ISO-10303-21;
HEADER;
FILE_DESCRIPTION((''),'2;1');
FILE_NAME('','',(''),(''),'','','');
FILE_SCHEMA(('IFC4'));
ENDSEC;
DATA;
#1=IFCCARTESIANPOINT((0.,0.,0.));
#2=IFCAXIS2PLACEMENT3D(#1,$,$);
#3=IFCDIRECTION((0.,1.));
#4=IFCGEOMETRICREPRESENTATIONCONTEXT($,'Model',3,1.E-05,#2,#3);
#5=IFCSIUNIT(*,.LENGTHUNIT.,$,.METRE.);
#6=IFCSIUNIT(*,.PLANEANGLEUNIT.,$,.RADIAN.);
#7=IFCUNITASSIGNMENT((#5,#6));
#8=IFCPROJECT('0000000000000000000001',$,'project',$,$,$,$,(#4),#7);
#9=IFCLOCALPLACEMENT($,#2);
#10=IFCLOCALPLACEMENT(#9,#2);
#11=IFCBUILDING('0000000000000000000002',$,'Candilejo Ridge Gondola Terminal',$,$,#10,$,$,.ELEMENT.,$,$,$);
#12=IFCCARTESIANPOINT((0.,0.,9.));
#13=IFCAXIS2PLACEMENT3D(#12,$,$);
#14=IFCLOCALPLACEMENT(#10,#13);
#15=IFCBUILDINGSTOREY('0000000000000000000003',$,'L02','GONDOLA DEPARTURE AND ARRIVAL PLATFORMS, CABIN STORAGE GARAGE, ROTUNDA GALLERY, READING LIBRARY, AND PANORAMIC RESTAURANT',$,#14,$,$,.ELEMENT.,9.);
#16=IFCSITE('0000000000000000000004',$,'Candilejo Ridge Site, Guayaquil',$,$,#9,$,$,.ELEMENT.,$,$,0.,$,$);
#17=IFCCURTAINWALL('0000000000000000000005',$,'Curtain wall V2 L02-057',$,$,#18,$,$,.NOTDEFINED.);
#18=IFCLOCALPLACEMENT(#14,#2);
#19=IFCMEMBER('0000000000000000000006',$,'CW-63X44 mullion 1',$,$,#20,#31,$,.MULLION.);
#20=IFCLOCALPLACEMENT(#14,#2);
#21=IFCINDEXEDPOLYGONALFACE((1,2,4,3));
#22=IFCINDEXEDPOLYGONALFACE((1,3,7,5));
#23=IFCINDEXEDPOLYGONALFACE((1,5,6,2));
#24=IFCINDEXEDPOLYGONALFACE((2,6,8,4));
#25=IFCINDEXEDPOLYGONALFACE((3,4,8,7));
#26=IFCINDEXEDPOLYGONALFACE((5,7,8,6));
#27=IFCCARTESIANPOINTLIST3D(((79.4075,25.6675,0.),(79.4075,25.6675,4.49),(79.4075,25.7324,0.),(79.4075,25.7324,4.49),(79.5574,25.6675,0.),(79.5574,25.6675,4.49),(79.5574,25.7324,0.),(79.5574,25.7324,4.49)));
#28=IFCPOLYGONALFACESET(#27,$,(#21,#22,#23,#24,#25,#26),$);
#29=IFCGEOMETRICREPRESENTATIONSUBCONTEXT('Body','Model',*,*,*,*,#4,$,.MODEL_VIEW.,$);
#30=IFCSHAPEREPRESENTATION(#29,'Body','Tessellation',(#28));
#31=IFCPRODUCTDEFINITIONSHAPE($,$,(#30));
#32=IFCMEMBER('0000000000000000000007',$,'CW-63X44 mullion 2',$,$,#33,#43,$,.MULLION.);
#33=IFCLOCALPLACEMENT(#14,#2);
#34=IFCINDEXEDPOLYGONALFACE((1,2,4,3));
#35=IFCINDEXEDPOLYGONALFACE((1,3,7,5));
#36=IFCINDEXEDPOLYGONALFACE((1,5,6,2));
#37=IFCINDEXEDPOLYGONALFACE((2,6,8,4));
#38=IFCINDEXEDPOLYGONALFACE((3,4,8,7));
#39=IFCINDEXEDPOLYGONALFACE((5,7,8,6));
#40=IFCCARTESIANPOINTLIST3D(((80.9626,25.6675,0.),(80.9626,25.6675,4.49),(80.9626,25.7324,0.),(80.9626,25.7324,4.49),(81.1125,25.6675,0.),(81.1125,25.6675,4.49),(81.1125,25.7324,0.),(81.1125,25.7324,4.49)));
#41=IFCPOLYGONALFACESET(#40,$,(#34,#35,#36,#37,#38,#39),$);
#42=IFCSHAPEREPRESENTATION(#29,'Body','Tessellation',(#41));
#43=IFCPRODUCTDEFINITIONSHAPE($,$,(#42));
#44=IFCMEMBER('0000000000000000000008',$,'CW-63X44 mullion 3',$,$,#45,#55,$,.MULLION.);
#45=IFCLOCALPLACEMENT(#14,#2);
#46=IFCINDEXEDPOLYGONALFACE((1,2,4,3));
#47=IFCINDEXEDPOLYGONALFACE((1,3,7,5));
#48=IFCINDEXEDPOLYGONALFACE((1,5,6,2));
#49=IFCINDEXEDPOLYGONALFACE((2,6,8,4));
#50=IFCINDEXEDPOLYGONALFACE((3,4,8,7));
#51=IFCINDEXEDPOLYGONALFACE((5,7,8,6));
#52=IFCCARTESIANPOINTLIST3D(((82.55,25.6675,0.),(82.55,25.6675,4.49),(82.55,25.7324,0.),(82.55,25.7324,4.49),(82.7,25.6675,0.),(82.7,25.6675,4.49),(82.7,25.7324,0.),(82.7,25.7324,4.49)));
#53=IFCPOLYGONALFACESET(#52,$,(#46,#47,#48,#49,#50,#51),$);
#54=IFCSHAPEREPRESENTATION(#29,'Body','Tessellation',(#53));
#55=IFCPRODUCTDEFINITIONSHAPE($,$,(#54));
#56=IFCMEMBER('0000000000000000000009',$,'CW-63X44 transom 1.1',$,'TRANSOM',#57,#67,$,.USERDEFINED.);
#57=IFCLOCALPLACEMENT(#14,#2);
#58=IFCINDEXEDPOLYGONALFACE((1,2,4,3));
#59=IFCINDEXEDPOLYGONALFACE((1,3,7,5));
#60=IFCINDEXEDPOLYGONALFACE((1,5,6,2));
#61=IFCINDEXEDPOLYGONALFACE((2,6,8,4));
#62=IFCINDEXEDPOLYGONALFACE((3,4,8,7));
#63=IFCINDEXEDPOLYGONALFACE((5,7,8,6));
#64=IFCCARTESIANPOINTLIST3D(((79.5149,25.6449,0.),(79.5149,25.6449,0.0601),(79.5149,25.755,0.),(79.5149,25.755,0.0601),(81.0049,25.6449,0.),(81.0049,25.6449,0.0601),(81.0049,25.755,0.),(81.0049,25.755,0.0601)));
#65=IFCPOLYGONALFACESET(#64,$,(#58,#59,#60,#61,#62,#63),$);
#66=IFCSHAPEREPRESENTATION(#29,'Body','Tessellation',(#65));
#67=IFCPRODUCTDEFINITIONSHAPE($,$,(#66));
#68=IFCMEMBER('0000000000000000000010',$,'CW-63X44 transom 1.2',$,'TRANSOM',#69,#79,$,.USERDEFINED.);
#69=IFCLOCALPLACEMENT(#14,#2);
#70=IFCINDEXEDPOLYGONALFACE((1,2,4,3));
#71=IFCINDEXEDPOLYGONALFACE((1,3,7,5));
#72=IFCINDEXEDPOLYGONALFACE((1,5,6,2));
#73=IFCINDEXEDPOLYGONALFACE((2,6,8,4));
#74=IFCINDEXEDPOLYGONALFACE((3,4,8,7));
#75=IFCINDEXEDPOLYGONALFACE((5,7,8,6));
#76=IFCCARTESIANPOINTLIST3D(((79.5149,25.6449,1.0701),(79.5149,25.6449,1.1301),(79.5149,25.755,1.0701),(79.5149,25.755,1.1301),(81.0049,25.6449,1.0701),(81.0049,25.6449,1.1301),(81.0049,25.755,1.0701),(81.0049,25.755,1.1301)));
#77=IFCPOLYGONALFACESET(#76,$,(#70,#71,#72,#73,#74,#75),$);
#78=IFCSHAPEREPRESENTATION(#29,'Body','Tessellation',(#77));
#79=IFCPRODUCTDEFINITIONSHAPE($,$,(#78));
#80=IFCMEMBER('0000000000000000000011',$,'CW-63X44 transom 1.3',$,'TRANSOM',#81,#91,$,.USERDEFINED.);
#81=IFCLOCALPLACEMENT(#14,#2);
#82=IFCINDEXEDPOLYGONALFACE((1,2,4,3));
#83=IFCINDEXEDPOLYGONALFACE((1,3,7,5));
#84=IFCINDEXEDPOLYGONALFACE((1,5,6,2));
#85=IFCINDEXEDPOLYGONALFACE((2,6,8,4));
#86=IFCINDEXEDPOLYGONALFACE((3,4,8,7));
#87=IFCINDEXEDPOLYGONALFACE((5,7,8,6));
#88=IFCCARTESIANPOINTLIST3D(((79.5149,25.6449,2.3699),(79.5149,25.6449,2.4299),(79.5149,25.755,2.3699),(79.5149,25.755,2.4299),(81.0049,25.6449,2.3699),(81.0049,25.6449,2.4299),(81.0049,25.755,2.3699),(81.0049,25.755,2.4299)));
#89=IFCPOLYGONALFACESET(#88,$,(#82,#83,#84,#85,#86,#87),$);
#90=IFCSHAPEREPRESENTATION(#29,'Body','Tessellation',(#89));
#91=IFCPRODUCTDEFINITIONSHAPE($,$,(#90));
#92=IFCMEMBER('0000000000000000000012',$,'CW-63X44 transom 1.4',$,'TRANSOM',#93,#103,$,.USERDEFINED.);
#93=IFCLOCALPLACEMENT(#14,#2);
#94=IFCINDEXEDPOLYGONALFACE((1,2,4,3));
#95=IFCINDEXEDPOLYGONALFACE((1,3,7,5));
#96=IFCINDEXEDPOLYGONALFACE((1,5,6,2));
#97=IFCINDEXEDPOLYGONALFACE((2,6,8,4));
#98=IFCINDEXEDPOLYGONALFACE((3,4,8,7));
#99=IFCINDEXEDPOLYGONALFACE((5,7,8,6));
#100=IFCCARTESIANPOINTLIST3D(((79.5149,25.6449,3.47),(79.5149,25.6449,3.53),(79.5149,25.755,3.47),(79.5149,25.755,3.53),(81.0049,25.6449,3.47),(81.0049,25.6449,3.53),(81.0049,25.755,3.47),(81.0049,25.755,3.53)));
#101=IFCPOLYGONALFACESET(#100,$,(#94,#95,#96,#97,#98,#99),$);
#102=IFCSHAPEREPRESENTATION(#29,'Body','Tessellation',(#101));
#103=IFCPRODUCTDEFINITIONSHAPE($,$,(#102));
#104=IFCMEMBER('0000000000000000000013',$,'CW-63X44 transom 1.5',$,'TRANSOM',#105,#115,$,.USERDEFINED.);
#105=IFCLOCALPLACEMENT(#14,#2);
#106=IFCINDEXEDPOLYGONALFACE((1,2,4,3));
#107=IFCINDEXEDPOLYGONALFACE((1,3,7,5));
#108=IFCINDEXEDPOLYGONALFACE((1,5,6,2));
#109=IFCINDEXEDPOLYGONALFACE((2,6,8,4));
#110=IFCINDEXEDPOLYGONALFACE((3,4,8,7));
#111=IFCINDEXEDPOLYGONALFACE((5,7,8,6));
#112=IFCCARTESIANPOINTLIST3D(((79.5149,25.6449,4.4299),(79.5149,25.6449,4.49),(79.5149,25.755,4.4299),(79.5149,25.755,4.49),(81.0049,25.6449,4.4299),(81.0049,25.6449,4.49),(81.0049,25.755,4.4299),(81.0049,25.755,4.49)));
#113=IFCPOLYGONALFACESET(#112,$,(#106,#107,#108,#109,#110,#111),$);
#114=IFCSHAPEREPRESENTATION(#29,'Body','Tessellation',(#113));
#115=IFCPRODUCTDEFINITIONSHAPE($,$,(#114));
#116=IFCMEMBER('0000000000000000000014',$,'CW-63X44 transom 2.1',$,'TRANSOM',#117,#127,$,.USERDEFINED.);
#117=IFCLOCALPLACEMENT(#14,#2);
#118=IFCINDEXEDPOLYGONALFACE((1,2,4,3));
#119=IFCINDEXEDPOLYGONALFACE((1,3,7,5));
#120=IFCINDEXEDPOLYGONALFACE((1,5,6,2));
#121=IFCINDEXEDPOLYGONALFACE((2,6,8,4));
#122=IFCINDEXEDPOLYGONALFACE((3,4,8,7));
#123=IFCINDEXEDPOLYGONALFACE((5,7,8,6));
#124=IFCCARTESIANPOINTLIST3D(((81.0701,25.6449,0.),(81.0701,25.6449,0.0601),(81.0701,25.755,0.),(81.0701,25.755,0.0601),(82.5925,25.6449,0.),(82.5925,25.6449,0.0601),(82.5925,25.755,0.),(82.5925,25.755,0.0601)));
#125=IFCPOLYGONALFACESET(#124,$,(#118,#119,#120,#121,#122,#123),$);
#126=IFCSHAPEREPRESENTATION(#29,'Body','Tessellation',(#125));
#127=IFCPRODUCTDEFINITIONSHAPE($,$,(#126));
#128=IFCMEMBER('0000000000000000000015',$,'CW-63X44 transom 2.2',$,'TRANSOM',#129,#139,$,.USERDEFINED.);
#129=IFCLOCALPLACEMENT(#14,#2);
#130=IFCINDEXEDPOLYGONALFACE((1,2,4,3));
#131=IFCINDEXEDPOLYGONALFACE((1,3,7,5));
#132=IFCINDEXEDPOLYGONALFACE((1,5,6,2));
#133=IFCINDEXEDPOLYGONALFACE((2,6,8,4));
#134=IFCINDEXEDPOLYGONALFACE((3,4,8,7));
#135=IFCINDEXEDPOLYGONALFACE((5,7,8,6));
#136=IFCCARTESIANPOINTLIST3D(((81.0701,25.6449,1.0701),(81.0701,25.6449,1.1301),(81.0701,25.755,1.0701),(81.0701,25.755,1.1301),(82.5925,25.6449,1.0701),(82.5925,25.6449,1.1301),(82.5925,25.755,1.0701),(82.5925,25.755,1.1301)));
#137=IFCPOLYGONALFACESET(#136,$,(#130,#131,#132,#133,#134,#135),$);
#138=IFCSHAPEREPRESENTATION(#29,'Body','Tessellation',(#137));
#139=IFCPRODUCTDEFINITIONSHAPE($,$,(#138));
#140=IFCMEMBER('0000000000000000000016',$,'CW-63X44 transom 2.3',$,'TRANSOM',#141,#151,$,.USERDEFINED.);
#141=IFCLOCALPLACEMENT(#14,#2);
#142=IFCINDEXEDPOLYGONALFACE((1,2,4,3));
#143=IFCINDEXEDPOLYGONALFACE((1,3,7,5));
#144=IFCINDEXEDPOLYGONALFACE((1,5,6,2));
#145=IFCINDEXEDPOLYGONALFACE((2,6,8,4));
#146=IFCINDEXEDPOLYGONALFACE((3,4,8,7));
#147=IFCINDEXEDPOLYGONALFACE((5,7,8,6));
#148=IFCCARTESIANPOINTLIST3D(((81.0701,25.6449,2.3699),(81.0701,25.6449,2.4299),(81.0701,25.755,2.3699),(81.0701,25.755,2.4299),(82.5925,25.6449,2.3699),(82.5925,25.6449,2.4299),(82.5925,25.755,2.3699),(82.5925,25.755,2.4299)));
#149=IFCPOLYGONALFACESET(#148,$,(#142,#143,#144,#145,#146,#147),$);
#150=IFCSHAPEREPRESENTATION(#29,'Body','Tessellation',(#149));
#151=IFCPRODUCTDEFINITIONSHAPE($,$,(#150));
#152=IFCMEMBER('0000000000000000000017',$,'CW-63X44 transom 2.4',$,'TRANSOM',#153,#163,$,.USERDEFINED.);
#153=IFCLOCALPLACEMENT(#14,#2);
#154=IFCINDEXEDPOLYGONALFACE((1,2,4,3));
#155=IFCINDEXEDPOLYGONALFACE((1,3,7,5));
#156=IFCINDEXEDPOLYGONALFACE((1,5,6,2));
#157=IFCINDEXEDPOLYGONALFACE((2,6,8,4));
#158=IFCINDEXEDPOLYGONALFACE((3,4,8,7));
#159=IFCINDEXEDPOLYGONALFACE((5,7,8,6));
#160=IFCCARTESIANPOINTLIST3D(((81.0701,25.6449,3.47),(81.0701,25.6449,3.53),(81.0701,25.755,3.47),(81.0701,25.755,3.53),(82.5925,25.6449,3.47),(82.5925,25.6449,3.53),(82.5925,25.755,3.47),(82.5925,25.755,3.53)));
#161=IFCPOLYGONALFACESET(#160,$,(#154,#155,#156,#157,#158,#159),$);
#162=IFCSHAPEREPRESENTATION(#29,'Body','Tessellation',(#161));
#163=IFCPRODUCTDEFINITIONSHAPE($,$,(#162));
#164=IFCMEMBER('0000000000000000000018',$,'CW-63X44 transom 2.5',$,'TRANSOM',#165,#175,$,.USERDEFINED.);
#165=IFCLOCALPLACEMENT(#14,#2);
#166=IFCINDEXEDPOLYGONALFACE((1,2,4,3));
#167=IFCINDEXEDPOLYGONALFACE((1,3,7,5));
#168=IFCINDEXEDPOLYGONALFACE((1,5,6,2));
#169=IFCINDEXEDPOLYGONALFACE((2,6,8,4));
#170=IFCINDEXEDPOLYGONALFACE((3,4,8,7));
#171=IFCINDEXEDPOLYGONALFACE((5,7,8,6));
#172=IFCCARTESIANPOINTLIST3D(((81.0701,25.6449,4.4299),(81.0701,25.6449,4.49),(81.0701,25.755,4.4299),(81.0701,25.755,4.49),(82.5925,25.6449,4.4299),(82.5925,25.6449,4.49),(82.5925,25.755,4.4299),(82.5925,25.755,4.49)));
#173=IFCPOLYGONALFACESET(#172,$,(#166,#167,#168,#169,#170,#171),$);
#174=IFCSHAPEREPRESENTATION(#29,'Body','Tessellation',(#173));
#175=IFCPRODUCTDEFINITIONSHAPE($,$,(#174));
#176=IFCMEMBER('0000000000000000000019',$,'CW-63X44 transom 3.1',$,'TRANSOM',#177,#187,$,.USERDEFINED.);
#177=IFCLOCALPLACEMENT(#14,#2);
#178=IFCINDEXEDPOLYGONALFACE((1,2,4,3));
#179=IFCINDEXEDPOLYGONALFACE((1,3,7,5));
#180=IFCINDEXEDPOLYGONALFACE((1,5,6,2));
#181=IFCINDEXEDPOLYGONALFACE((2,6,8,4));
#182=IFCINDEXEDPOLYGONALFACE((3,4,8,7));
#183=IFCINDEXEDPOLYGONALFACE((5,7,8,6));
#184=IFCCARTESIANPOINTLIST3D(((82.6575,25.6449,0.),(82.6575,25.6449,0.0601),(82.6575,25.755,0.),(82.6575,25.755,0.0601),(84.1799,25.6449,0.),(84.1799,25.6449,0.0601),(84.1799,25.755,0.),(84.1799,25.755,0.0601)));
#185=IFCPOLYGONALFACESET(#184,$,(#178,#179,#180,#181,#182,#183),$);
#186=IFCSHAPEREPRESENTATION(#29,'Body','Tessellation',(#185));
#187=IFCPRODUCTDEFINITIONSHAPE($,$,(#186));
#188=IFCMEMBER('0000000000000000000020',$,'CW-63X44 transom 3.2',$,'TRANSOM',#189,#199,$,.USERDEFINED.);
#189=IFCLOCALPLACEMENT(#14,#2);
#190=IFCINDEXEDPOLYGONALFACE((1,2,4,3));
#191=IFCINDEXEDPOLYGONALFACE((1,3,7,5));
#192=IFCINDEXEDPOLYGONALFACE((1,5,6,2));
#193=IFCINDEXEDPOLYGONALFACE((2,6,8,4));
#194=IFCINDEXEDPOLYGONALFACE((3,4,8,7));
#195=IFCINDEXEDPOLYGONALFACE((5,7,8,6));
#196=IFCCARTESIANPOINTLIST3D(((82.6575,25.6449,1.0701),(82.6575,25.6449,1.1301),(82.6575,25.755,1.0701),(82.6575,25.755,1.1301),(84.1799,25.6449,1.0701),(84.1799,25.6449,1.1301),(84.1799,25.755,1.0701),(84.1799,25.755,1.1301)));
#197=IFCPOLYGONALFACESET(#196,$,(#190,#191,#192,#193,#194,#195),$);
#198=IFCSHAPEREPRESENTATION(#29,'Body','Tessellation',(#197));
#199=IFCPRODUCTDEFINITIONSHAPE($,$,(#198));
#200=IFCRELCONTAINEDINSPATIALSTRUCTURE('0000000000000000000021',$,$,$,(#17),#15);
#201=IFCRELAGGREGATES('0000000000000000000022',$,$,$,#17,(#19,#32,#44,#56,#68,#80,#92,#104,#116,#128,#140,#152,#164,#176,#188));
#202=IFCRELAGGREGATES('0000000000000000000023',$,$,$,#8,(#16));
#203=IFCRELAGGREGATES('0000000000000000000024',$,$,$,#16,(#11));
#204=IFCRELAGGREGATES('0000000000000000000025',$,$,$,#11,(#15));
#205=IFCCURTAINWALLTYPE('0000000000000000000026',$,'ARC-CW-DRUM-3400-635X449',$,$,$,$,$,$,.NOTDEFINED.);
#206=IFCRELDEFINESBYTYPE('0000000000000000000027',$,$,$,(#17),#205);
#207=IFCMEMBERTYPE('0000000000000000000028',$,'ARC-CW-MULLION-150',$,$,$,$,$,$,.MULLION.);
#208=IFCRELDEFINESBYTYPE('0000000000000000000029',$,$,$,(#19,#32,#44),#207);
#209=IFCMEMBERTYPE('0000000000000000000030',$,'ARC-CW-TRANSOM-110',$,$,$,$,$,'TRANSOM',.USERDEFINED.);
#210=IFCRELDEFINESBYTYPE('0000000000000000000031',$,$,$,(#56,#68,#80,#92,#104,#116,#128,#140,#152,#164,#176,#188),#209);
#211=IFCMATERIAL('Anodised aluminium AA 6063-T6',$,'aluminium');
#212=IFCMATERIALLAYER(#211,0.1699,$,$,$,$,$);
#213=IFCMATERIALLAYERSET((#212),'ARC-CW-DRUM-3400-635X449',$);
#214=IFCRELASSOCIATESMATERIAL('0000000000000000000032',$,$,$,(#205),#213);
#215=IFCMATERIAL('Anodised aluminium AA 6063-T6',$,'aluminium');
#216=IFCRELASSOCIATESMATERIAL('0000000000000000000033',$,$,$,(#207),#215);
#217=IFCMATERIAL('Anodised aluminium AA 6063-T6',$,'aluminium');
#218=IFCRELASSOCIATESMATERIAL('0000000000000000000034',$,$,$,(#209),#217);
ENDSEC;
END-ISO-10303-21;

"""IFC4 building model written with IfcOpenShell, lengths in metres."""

from ifc_helpers import new_model, si_unit, direction, frame, origin, origin_2d, place, context, subcontext, project, spatial, rectangle, extrude, material, layer, layer_set, material_profile, profile_set, type_object, element, aggregate, save


model = new_model("IFC4")

# Units and contexts
model_context = context("Model", 3, precision=1e-05, world=origin(), true_north=direction((0.0, 1.0)))
body_context = subcontext(model_context, "Body", "Model", "MODEL_VIEW")
ifc_project = project(units=[si_unit("LENGTHUNIT", "METRE"), si_unit("PLANEANGLEUNIT", "RADIAN")], contexts=[model_context])

# Site, building, storey
site_placement = place(None, origin())
site = spatial("IfcSite", under=ifc_project, at=site_placement, Name="Candilejo Ridge Site, Guayaquil", CompositionType="ELEMENT", RefElevation=0.0)
building_placement = place(site_placement, origin())
building = spatial("IfcBuilding", under=site, at=building_placement, Name="Candilejo Ridge Gondola Terminal", CompositionType="ELEMENT")
storey_placement = place(building_placement, frame((0.0, 0.0, 9.0)))
storey = spatial("IfcBuildingStorey", under=building, at=storey_placement, Name="L02", Description="GONDOLA DEPARTURE AND ARRIVAL PLATFORMS, CABIN STORAGE GARAGE, ROTUNDA GALLERY, READING LIBRARY, AND PANORAMIC RESTAURANT", CompositionType="ELEMENT", Elevation=9.0)

# Curtain wall, members
ifc_material_1 = material(Name="Anodised aluminium AA 6063-T6", Category="aluminium")
ifc_layer_1 = layer(ifc_material_1, 0.1699)
ifc_layer_set_1 = layer_set([ifc_layer_1], Name="ARC-CW-DRUM-3400-635X449")
curtain_wall_type = type_object("IfcCurtainWallType", Name="ARC-CW-DRUM-3400-635X449", PredefinedType="NOTDEFINED", material=ifc_layer_set_1)
curtain_wall_placement = place(storey_placement, origin())
curtain_wall = element("IfcCurtainWall", 1, at=curtain_wall_placement, inside=storey, type_object=curtain_wall_type, Name="Curtain wall V2 L02-057", PredefinedType="NOTDEFINED")
ifc_material_2 = material(Name="Anodised aluminium AA 6063-T6", Category="aluminium")
ifc_material_profile_1 = material_profile(ifc_material_2, rectangle(XDim=0.0649, YDim=0.1499, at=origin_2d()))
ifc_profile_set_1 = profile_set([ifc_material_profile_1], Name="Anodised aluminium AA 6063-T6")
member_type_1 = type_object("IfcMemberType", Name="ARC-CW-MULLION-150", PredefinedType="MULLION", material=ifc_profile_set_1)
member_1_placement = place(storey_placement, frame((79.4824, 25.7, 0.0), z_axis=(0.0, 0.0, 1.0), x_axis=(0.0, 1.0, 0.0)))
member_1 = element("IfcMember", 2, at=member_1_placement, type_object=member_type_1, Name="CW-63X44 mullion 1", PredefinedType="MULLION", context=body_context, shape_type="SweptSolid", body=[
    extrude(rectangle(XDim=0.0649, YDim=0.1499, at=origin_2d()), origin(), (0.0, 0.0, 1.0), 4.49),
])
member_2_placement = place(storey_placement, frame((81.0376, 25.7, 0.0), z_axis=(0.0, 0.0, 1.0), x_axis=(0.0, 1.0, 0.0)))
member_2 = element("IfcMember", 3, at=member_2_placement, type_object=member_type_1, Name="CW-63X44 mullion 2", PredefinedType="MULLION", context=body_context, shape_type="SweptSolid", body=[
    extrude(rectangle(XDim=0.0649, YDim=0.1499, at=origin_2d()), origin(), (0.0, 0.0, 1.0), 4.49),
])
member_3_placement = place(storey_placement, frame((82.625, 25.7, 0.0), z_axis=(0.0, 0.0, 1.0), x_axis=(0.0, 1.0, 0.0)))
member_3 = element("IfcMember", 4, at=member_3_placement, type_object=member_type_1, Name="CW-63X44 mullion 3", PredefinedType="MULLION", context=body_context, shape_type="SweptSolid", body=[
    extrude(rectangle(XDim=0.0649, YDim=0.1499, at=origin_2d()), origin(), (0.0, 0.0, 1.0), 4.49),
])
ifc_material_3 = material(Name="Anodised aluminium AA 6063-T6", Category="aluminium")
ifc_material_profile_2 = material_profile(ifc_material_3, rectangle(XDim=0.1101, YDim=0.0601, at=origin_2d()))
ifc_profile_set_2 = profile_set([ifc_material_profile_2], Name="Anodised aluminium AA 6063-T6")
member_type_2 = type_object("IfcMemberType", Name="ARC-CW-TRANSOM-110", ElementType="TRANSOM", PredefinedType="USERDEFINED", material=ifc_profile_set_2)
member_4_placement = place(storey_placement, frame((79.5149, 25.7, 0.03), z_axis=(1.0, 0.0, 0.0), x_axis=(0.0, 1.0, 0.0)))
member_4 = element("IfcMember", 5, at=member_4_placement, type_object=member_type_2, Name="CW-63X44 transom 1.1", ObjectType="TRANSOM", PredefinedType="USERDEFINED", context=body_context, shape_type="SweptSolid", body=[
    extrude(rectangle(XDim=0.1101, YDim=0.0601, at=origin_2d()), origin(), (0.0, 0.0, 1.0), 1.49),
])
member_5_placement = place(storey_placement, frame((79.5149, 25.7, 1.1001), z_axis=(1.0, 0.0, 0.0), x_axis=(0.0, 1.0, 0.0)))
member_5 = element("IfcMember", 6, at=member_5_placement, type_object=member_type_2, Name="CW-63X44 transom 1.2", ObjectType="TRANSOM", PredefinedType="USERDEFINED", context=body_context, shape_type="SweptSolid", body=[
    extrude(rectangle(XDim=0.1101, YDim=0.0601, at=origin_2d()), origin(), (0.0, 0.0, 1.0), 1.49),
])
member_6_placement = place(storey_placement, frame((79.5149, 25.7, 2.3999), z_axis=(1.0, 0.0, 0.0), x_axis=(0.0, 1.0, 0.0)))
member_6 = element("IfcMember", 7, at=member_6_placement, type_object=member_type_2, Name="CW-63X44 transom 1.3", ObjectType="TRANSOM", PredefinedType="USERDEFINED", context=body_context, shape_type="SweptSolid", body=[
    extrude(rectangle(XDim=0.1101, YDim=0.0601, at=origin_2d()), origin(), (0.0, 0.0, 1.0), 1.49),
])
member_7_placement = place(storey_placement, frame((79.5149, 25.7, 3.5), z_axis=(1.0, 0.0, 0.0), x_axis=(0.0, 1.0, 0.0)))
member_7 = element("IfcMember", 8, at=member_7_placement, type_object=member_type_2, Name="CW-63X44 transom 1.4", ObjectType="TRANSOM", PredefinedType="USERDEFINED", context=body_context, shape_type="SweptSolid", body=[
    extrude(rectangle(XDim=0.1101, YDim=0.0601, at=origin_2d()), origin(), (0.0, 0.0, 1.0), 1.49),
])
member_8_placement = place(storey_placement, frame((79.5149, 25.7, 4.46), z_axis=(1.0, 0.0, 0.0), x_axis=(0.0, 1.0, 0.0)))
member_8 = element("IfcMember", 9, at=member_8_placement, type_object=member_type_2, Name="CW-63X44 transom 1.5", ObjectType="TRANSOM", PredefinedType="USERDEFINED", context=body_context, shape_type="SweptSolid", body=[
    extrude(rectangle(XDim=0.1101, YDim=0.0601, at=origin_2d()), origin(), (0.0, 0.0, 1.0), 1.49),
])
member_9_placement = place(storey_placement, frame((81.0701, 25.7, 0.03), z_axis=(1.0, 0.0, 0.0), x_axis=(0.0, 1.0, 0.0)))
member_9 = element("IfcMember", 10, at=member_9_placement, type_object=member_type_2, Name="CW-63X44 transom 2.1", ObjectType="TRANSOM", PredefinedType="USERDEFINED", context=body_context, shape_type="SweptSolid", body=[
    extrude(rectangle(XDim=0.1101, YDim=0.0601, at=origin_2d()), origin(), (0.0, 0.0, 1.0), 1.5225),
])
member_10_placement = place(storey_placement, frame((81.0701, 25.7, 1.1001), z_axis=(1.0, 0.0, 0.0), x_axis=(0.0, 1.0, 0.0)))
member_10 = element("IfcMember", 11, at=member_10_placement, type_object=member_type_2, Name="CW-63X44 transom 2.2", ObjectType="TRANSOM", PredefinedType="USERDEFINED", context=body_context, shape_type="SweptSolid", body=[
    extrude(rectangle(XDim=0.1101, YDim=0.0601, at=origin_2d()), origin(), (0.0, 0.0, 1.0), 1.5225),
])
member_11_placement = place(storey_placement, frame((81.0701, 25.7, 2.3999), z_axis=(1.0, 0.0, 0.0), x_axis=(0.0, 1.0, 0.0)))
member_11 = element("IfcMember", 12, at=member_11_placement, type_object=member_type_2, Name="CW-63X44 transom 2.3", ObjectType="TRANSOM", PredefinedType="USERDEFINED", context=body_context, shape_type="SweptSolid", body=[
    extrude(rectangle(XDim=0.1101, YDim=0.0601, at=origin_2d()), origin(), (0.0, 0.0, 1.0), 1.5225),
])
member_12_placement = place(storey_placement, frame((81.0701, 25.7, 3.5), z_axis=(1.0, 0.0, 0.0), x_axis=(0.0, 1.0, 0.0)))
member_12 = element("IfcMember", 13, at=member_12_placement, type_object=member_type_2, Name="CW-63X44 transom 2.4", ObjectType="TRANSOM", PredefinedType="USERDEFINED", context=body_context, shape_type="SweptSolid", body=[
    extrude(rectangle(XDim=0.1101, YDim=0.0601, at=origin_2d()), origin(), (0.0, 0.0, 1.0), 1.5225),
])
member_13_placement = place(storey_placement, frame((81.0701, 25.7, 4.46), z_axis=(1.0, 0.0, 0.0), x_axis=(0.0, 1.0, 0.0)))
member_13 = element("IfcMember", 14, at=member_13_placement, type_object=member_type_2, Name="CW-63X44 transom 2.5", ObjectType="TRANSOM", PredefinedType="USERDEFINED", context=body_context, shape_type="SweptSolid", body=[
    extrude(rectangle(XDim=0.1101, YDim=0.0601, at=origin_2d()), origin(), (0.0, 0.0, 1.0), 1.5225),
])
member_14_placement = place(storey_placement, frame((82.6575, 25.7, 0.03), z_axis=(1.0, 0.0, 0.0), x_axis=(0.0, 1.0, 0.0)))
member_14 = element("IfcMember", 15, at=member_14_placement, type_object=member_type_2, Name="CW-63X44 transom 3.1", ObjectType="TRANSOM", PredefinedType="USERDEFINED", context=body_context, shape_type="SweptSolid", body=[
    extrude(rectangle(XDim=0.1101, YDim=0.0601, at=origin_2d()), origin(), (0.0, 0.0, 1.0), 1.5225),
])
member_15_placement = place(storey_placement, frame((82.6575, 25.7, 1.1001), z_axis=(1.0, 0.0, 0.0), x_axis=(0.0, 1.0, 0.0)))
member_15 = element("IfcMember", 16, at=member_15_placement, type_object=member_type_2, Name="CW-63X44 transom 3.2", ObjectType="TRANSOM", PredefinedType="USERDEFINED", context=body_context, shape_type="SweptSolid", body=[
    extrude(rectangle(XDim=0.1101, YDim=0.0601, at=origin_2d()), origin(), (0.0, 0.0, 1.0), 1.5225),
])

aggregate(curtain_wall, [member_1, member_2, member_3, member_4, member_5, member_6, member_7, member_8, member_9, member_10, member_11, member_12, member_13, member_14, member_15])

save(model, "model.ifc")
